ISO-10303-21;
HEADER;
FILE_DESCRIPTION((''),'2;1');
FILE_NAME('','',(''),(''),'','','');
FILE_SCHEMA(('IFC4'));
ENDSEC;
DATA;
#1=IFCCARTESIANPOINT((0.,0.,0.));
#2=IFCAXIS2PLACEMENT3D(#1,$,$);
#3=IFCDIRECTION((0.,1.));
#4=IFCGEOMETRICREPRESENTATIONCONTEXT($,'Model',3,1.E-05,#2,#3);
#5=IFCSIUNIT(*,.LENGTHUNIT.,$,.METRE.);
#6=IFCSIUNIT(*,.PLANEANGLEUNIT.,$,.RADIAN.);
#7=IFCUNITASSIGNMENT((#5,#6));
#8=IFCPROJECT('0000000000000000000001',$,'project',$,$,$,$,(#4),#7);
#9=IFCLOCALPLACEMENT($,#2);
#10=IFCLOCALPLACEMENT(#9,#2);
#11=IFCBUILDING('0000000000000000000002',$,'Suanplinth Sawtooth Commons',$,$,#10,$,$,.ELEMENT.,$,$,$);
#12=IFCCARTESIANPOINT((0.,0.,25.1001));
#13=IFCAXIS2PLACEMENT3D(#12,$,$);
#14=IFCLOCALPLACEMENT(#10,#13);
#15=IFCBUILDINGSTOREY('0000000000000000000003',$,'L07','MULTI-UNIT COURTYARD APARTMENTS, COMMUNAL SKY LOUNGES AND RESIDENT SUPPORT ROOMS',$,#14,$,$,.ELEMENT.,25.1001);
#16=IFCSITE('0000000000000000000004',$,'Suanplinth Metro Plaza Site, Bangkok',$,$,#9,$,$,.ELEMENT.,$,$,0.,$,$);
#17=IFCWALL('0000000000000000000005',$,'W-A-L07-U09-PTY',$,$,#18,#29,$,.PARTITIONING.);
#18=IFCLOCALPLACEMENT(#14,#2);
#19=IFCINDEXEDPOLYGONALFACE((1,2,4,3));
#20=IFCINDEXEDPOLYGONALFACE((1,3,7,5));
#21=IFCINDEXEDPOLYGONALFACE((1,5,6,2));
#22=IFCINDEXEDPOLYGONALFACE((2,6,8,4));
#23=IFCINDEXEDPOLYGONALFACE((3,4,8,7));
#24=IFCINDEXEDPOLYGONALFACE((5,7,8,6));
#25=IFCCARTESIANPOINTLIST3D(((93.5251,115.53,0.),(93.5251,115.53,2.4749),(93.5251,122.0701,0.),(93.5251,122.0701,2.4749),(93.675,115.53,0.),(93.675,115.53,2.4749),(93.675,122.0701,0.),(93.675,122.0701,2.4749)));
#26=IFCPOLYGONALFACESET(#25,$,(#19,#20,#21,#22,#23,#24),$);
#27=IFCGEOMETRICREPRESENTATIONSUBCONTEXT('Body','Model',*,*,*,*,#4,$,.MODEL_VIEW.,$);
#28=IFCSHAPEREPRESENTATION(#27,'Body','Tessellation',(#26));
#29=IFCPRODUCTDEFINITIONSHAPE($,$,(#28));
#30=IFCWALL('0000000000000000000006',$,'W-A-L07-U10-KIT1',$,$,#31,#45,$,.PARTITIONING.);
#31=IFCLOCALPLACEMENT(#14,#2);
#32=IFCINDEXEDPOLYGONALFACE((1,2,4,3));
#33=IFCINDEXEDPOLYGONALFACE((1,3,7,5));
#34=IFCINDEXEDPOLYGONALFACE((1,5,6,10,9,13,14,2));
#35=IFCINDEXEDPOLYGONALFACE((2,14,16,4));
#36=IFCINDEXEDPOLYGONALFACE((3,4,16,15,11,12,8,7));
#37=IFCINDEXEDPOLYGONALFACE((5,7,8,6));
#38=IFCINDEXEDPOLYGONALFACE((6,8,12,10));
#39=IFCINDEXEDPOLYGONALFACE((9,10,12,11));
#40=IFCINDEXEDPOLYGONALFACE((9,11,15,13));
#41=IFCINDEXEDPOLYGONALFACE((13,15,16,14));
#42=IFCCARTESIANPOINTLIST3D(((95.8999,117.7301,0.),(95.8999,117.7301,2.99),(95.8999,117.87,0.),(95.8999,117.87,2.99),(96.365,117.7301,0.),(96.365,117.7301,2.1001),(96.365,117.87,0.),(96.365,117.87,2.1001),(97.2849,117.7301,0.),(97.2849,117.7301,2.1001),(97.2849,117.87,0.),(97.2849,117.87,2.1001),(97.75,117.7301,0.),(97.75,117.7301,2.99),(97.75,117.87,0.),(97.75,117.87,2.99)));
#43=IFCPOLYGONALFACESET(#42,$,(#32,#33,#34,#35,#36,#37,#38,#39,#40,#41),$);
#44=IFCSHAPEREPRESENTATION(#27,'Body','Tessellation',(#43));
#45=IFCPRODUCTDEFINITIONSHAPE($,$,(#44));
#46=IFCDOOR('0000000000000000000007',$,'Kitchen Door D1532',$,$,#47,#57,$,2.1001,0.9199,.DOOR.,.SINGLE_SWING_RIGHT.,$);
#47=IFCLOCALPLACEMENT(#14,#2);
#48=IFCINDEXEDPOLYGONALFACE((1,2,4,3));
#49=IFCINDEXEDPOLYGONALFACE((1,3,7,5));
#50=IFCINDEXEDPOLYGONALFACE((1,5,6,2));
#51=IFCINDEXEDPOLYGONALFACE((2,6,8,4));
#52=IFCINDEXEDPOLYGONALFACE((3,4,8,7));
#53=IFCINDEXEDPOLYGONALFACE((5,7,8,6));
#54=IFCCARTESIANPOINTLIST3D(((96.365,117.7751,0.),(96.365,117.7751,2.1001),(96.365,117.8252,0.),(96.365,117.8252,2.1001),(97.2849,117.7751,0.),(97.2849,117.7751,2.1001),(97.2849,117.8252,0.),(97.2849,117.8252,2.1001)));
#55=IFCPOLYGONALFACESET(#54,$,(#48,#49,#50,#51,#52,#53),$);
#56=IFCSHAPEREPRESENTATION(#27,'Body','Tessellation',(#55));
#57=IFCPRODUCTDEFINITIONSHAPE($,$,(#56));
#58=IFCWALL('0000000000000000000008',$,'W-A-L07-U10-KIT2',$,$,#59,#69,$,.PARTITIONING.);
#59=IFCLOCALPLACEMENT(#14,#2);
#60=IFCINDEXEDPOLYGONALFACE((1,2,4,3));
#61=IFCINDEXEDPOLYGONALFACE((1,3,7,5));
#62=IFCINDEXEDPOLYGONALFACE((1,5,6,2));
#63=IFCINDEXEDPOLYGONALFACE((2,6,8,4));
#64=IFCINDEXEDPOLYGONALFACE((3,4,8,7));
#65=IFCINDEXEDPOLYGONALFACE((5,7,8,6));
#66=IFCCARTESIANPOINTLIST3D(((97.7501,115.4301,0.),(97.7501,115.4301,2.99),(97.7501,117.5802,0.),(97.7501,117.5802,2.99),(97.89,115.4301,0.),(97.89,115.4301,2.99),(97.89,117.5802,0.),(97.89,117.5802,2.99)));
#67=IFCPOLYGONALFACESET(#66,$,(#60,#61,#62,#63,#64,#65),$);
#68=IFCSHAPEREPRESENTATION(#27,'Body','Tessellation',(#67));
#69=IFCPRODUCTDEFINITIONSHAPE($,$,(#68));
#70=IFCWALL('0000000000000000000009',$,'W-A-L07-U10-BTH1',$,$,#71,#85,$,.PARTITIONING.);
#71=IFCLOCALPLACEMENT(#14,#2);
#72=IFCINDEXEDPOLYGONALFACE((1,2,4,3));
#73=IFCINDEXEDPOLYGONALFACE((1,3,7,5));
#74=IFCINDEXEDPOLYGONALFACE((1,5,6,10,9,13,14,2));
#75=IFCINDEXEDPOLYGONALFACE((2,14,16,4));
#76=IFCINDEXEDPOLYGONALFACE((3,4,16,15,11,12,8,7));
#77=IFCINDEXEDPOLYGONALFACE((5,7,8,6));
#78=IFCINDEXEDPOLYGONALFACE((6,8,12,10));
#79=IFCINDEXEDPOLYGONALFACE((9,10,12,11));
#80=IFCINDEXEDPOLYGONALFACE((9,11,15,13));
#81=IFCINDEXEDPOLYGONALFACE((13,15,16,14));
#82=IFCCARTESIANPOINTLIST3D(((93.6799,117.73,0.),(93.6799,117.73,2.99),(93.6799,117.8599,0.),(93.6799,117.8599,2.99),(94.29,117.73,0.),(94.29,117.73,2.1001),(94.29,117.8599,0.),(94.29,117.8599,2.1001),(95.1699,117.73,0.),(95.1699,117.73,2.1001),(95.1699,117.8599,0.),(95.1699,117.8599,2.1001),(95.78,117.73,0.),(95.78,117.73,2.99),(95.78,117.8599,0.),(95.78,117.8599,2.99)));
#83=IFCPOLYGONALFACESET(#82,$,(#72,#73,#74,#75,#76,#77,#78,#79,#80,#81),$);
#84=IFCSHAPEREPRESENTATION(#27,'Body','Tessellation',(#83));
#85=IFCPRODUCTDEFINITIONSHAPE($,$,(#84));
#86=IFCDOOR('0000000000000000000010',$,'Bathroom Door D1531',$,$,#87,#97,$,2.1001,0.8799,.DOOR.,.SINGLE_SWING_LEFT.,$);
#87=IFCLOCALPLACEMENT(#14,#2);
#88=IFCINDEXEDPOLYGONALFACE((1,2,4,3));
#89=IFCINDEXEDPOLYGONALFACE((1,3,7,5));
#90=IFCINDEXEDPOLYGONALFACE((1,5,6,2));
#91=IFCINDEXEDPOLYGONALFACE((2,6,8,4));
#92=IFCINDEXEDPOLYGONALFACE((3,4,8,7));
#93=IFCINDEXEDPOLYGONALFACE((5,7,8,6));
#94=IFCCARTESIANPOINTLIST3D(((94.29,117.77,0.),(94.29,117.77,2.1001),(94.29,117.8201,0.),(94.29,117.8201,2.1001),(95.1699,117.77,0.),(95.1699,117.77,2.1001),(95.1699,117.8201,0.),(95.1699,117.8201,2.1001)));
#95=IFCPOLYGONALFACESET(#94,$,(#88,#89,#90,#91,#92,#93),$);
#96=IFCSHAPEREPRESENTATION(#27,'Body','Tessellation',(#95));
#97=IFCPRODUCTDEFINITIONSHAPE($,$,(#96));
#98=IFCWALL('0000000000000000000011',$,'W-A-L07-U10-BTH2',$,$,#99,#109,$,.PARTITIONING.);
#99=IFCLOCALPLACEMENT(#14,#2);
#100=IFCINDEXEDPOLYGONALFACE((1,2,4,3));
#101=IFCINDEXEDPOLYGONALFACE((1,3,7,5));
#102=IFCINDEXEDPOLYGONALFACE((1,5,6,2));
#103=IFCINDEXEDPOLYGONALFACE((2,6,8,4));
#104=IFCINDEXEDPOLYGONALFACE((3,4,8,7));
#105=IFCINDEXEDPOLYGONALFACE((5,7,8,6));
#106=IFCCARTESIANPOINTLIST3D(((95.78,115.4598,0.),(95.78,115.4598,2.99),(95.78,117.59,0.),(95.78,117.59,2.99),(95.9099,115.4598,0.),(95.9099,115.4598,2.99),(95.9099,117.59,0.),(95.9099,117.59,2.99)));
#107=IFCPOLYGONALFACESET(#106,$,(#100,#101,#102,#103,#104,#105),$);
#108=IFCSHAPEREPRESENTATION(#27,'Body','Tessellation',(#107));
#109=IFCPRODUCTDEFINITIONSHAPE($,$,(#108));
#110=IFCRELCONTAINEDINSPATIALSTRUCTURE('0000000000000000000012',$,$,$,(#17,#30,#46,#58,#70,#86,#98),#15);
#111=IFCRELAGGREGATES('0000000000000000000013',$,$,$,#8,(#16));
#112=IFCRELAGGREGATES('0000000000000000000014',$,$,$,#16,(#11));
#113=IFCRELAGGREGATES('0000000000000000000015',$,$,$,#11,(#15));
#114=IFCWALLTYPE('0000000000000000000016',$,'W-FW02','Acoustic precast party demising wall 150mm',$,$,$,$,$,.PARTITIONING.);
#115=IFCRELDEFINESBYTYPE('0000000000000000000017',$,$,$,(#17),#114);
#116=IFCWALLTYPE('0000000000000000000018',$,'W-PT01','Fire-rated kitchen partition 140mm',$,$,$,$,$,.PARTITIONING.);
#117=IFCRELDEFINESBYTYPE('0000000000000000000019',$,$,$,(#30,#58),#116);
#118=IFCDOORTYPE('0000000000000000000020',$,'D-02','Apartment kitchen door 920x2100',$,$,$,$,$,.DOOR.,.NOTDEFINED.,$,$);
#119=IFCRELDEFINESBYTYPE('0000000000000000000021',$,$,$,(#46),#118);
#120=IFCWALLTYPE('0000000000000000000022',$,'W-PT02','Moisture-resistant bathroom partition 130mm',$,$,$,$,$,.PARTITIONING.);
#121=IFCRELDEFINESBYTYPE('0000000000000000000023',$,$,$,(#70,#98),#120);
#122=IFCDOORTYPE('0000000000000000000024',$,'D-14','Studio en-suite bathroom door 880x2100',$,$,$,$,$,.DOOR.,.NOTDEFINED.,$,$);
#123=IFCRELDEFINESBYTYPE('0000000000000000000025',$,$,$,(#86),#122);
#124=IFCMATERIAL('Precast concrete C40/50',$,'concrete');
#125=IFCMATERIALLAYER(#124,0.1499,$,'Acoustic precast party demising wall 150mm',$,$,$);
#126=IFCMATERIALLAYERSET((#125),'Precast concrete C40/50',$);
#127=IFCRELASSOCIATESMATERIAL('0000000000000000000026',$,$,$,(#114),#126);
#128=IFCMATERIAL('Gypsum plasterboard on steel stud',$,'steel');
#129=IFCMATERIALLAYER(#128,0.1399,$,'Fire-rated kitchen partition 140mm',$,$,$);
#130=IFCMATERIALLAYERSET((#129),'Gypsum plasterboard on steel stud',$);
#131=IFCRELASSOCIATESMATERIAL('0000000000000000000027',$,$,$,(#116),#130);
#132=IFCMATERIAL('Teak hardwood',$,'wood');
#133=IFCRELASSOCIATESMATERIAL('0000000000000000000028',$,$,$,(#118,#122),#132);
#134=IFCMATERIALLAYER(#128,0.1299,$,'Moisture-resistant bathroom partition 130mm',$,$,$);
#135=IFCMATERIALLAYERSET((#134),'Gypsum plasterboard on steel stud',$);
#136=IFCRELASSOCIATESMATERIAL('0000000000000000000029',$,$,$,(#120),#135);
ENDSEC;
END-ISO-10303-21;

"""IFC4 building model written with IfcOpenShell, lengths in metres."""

from ifc_helpers import new_model, si_unit, direction, frame, frame_2d, origin, place, context, subcontext, project, spatial, rectangle, extrude, material, layer, layer_set, type_object, element, fill, save


model = new_model("IFC4")

# Units and contexts
model_context = context("Model", 3, precision=1e-05, world=origin(), true_north=direction((0.0, 1.0)))
body_context = subcontext(model_context, "Body", "Model", "MODEL_VIEW")
ifc_project = project(units=[si_unit("LENGTHUNIT", "METRE"), si_unit("PLANEANGLEUNIT", "RADIAN")], contexts=[model_context])

# Site, building, storey
site_placement = place(None, origin())
site = spatial("IfcSite", under=ifc_project, at=site_placement, Name="Suanplinth Metro Plaza Site, Bangkok", CompositionType="ELEMENT", RefElevation=0.0)
building_placement = place(site_placement, origin())
building = spatial("IfcBuilding", under=site, at=building_placement, Name="Suanplinth Sawtooth Commons", CompositionType="ELEMENT")
storey_placement = place(building_placement, frame((0.0, 0.0, 25.1001)))
storey = spatial("IfcBuildingStorey", under=building, at=storey_placement, Name="L07", Description="MULTI-UNIT COURTYARD APARTMENTS, COMMUNAL SKY LOUNGES AND RESIDENT SUPPORT ROOMS", CompositionType="ELEMENT", Elevation=25.1001)

# Shared definitions
ifc_material_1 = material(Name="Precast concrete C40/50", Category="concrete")

# Wall
ifc_layer_1 = layer(ifc_material_1, 0.1499, Name="Acoustic precast party demising wall 150mm")
ifc_layer_set_1 = layer_set([ifc_layer_1], Name="Precast concrete C40/50")
wall_type_1 = type_object("IfcWallType", Name="W-FW02", Description="Acoustic precast party demising wall 150mm", PredefinedType="PARTITIONING", material=ifc_layer_set_1)
wall_1_placement = place(storey_placement, frame((93.6001, 115.53, 0.0), z_axis=(0.0, 0.0, 1.0), x_axis=(0.0, 1.0, 0.0)))
element("IfcWall", 1, at=wall_1_placement, inside=storey, type_object=wall_type_1, Name="W-A-L07-U09-PTY", PredefinedType="PARTITIONING", context=body_context, shape_type="SweptSolid", body=[
    extrude(rectangle(XDim=6.54, YDim=0.1499, at=frame_2d((3.27, 0.0))), origin(), (0.0, 0.0, 1.0), 2.4749),
])

# Wall, opening, door
ifc_material_2 = material(Name="Gypsum plasterboard on steel stud", Category="steel")
ifc_layer_2 = layer(ifc_material_2, 0.1399, Name="Fire-rated kitchen partition 140mm")
ifc_layer_set_2 = layer_set([ifc_layer_2], Name="Gypsum plasterboard on steel stud")
wall_type_2 = type_object("IfcWallType", Name="W-PT01", Description="Fire-rated kitchen partition 140mm", PredefinedType="PARTITIONING", material=ifc_layer_set_2)
wall_2_placement = place(storey_placement, frame((95.8999, 117.8, 0.0), z_axis=(0.0, 0.0, 1.0), x_axis=(1.0, 0.0, 0.0)))
wall_2 = element("IfcWall", 2, at=wall_2_placement, inside=storey, type_object=wall_type_2, Name="W-A-L07-U10-KIT1", PredefinedType="PARTITIONING", context=body_context, shape_type="SweptSolid", body=[
    extrude(rectangle(XDim=1.8501, YDim=0.1399, at=frame_2d((0.925, 0.0))), origin(), (0.0, 0.0, 1.0), 2.99),
])
opening_1_placement = place(wall_2_placement, frame((0.4651, 0.0, 0.0)))
opening_1 = element("IfcOpeningElement", 3, at=opening_1_placement, cuts=wall_2, PredefinedType="OPENING", context=body_context, shape_type="SweptSolid", body=[
    extrude(rectangle(XDim=0.9199, YDim=2.1001, at=frame_2d((0.46, 1.05))), frame((0.0, 0.085, 0.0), z_axis=(0.0, -1.0, 0.0), x_axis=(1.0, 0.0, 0.0)), (0.0, 0.0, 1.0), 0.1697),
])
ifc_material_3 = material(Name="Teak hardwood", Category="wood")
door_type_1 = type_object("IfcDoorType", Name="D-02", Description="Apartment kitchen door 920x2100", OperationType="NOTDEFINED", PredefinedType="DOOR", material=ifc_material_3)
door_1_placement = place(opening_1_placement, frame((0.9199, 0.0, 0.0), z_axis=(0.0, 0.0, 1.0), x_axis=(-1.0, 0.0, 0.0)))
door_1 = element("IfcDoor", 4, at=door_1_placement, inside=storey, type_object=door_type_1, Name="Kitchen Door D1532", OperationType="SINGLE_SWING_RIGHT", OverallHeight=2.1001, OverallWidth=0.9199, PredefinedType="DOOR", context=body_context, shape_type="SweptSolid", body=[
    extrude(rectangle(XDim=0.9199, YDim=2.1001, at=frame_2d((0.46, 1.05))), frame((0.0, 0.0249, 0.0), z_axis=(0.0, -1.0, 0.0), x_axis=(1.0, 0.0, 0.0)), (0.0, 0.0, 1.0), 0.05),
])
fill(opening_1, door_1)

# Wall
wall_3_placement = place(storey_placement, frame((97.8201, 115.4299, 0.0), z_axis=(0.0, 0.0, 1.0), x_axis=(0.0, 1.0, 0.0)))
element("IfcWall", 5, at=wall_3_placement, inside=storey, type_object=wall_type_2, Name="W-A-L07-U10-KIT2", PredefinedType="PARTITIONING", context=body_context, shape_type="SweptSolid", body=[
    extrude(rectangle(XDim=2.1501, YDim=0.1399, at=frame_2d((1.0752, 0.0))), origin(), (0.0, 0.0, 1.0), 2.99),
])

# Wall, opening, door
ifc_layer_3 = layer(ifc_material_2, 0.1299, Name="Moisture-resistant bathroom partition 130mm")
ifc_layer_set_3 = layer_set([ifc_layer_3], Name="Gypsum plasterboard on steel stud")
wall_type_3 = type_object("IfcWallType", Name="W-PT02", Description="Moisture-resistant bathroom partition 130mm", PredefinedType="PARTITIONING", material=ifc_layer_set_3)
wall_4_placement = place(storey_placement, frame((93.6799, 117.7949, 0.0), z_axis=(0.0, 0.0, 1.0), x_axis=(1.0, 0.0, 0.0)))
wall_4 = element("IfcWall", 6, at=wall_4_placement, inside=storey, type_object=wall_type_3, Name="W-A-L07-U10-BTH1", PredefinedType="PARTITIONING", context=body_context, shape_type="SweptSolid", body=[
    extrude(rectangle(XDim=2.1001, YDim=0.1299, at=frame_2d((1.05, 0.0))), origin(), (0.0, 0.0, 1.0), 2.99),
])
opening_2_placement = place(wall_4_placement, frame((0.6101, 0.0, 0.0)))
opening_2 = element("IfcOpeningElement", 7, at=opening_2_placement, cuts=wall_4, PredefinedType="OPENING", context=body_context, shape_type="SweptSolid", body=[
    extrude(rectangle(XDim=0.8799, YDim=2.1001, at=frame_2d((0.4399, 1.05))), frame((0.0, 0.0798, 0.0), z_axis=(0.0, -1.0, 0.0), x_axis=(1.0, 0.0, 0.0)), (0.0, 0.0, 1.0), 0.1597),
])
door_type_2 = type_object("IfcDoorType", Name="D-14", Description="Studio en-suite bathroom door 880x2100", OperationType="NOTDEFINED", PredefinedType="DOOR", material=ifc_material_3)
door_2_placement = place(opening_2_placement, frame((0.8799, 0.0, 0.0), z_axis=(0.0, 0.0, 1.0), x_axis=(-1.0, 0.0, 0.0)))
door_2 = element("IfcDoor", 8, at=door_2_placement, inside=storey, type_object=door_type_2, Name="Bathroom Door D1531", OperationType="SINGLE_SWING_LEFT", OverallHeight=2.1001, OverallWidth=0.8799, PredefinedType="DOOR", context=body_context, shape_type="SweptSolid", body=[
    extrude(rectangle(XDim=0.8799, YDim=2.1001, at=frame_2d((0.4399, 1.05))), frame((0.0, 0.0249, 0.0), z_axis=(0.0, -1.0, 0.0), x_axis=(1.0, 0.0, 0.0)), (0.0, 0.0, 1.0), 0.05),
])
fill(opening_2, door_2)

# Wall
wall_5_placement = place(storey_placement, frame((95.845, 115.46, 0.0), z_axis=(0.0, 0.0, 1.0), x_axis=(0.0, 1.0, 0.0)))
element("IfcWall", 9, at=wall_5_placement, inside=storey, type_object=wall_type_3, Name="W-A-L07-U10-BTH2", PredefinedType="PARTITIONING", context=body_context, shape_type="SweptSolid", body=[
    extrude(rectangle(XDim=2.1301, YDim=0.1299, at=frame_2d((1.0649, 0.0))), origin(), (0.0, 0.0, 1.0), 2.99),
])

save(model, "model.ifc")
